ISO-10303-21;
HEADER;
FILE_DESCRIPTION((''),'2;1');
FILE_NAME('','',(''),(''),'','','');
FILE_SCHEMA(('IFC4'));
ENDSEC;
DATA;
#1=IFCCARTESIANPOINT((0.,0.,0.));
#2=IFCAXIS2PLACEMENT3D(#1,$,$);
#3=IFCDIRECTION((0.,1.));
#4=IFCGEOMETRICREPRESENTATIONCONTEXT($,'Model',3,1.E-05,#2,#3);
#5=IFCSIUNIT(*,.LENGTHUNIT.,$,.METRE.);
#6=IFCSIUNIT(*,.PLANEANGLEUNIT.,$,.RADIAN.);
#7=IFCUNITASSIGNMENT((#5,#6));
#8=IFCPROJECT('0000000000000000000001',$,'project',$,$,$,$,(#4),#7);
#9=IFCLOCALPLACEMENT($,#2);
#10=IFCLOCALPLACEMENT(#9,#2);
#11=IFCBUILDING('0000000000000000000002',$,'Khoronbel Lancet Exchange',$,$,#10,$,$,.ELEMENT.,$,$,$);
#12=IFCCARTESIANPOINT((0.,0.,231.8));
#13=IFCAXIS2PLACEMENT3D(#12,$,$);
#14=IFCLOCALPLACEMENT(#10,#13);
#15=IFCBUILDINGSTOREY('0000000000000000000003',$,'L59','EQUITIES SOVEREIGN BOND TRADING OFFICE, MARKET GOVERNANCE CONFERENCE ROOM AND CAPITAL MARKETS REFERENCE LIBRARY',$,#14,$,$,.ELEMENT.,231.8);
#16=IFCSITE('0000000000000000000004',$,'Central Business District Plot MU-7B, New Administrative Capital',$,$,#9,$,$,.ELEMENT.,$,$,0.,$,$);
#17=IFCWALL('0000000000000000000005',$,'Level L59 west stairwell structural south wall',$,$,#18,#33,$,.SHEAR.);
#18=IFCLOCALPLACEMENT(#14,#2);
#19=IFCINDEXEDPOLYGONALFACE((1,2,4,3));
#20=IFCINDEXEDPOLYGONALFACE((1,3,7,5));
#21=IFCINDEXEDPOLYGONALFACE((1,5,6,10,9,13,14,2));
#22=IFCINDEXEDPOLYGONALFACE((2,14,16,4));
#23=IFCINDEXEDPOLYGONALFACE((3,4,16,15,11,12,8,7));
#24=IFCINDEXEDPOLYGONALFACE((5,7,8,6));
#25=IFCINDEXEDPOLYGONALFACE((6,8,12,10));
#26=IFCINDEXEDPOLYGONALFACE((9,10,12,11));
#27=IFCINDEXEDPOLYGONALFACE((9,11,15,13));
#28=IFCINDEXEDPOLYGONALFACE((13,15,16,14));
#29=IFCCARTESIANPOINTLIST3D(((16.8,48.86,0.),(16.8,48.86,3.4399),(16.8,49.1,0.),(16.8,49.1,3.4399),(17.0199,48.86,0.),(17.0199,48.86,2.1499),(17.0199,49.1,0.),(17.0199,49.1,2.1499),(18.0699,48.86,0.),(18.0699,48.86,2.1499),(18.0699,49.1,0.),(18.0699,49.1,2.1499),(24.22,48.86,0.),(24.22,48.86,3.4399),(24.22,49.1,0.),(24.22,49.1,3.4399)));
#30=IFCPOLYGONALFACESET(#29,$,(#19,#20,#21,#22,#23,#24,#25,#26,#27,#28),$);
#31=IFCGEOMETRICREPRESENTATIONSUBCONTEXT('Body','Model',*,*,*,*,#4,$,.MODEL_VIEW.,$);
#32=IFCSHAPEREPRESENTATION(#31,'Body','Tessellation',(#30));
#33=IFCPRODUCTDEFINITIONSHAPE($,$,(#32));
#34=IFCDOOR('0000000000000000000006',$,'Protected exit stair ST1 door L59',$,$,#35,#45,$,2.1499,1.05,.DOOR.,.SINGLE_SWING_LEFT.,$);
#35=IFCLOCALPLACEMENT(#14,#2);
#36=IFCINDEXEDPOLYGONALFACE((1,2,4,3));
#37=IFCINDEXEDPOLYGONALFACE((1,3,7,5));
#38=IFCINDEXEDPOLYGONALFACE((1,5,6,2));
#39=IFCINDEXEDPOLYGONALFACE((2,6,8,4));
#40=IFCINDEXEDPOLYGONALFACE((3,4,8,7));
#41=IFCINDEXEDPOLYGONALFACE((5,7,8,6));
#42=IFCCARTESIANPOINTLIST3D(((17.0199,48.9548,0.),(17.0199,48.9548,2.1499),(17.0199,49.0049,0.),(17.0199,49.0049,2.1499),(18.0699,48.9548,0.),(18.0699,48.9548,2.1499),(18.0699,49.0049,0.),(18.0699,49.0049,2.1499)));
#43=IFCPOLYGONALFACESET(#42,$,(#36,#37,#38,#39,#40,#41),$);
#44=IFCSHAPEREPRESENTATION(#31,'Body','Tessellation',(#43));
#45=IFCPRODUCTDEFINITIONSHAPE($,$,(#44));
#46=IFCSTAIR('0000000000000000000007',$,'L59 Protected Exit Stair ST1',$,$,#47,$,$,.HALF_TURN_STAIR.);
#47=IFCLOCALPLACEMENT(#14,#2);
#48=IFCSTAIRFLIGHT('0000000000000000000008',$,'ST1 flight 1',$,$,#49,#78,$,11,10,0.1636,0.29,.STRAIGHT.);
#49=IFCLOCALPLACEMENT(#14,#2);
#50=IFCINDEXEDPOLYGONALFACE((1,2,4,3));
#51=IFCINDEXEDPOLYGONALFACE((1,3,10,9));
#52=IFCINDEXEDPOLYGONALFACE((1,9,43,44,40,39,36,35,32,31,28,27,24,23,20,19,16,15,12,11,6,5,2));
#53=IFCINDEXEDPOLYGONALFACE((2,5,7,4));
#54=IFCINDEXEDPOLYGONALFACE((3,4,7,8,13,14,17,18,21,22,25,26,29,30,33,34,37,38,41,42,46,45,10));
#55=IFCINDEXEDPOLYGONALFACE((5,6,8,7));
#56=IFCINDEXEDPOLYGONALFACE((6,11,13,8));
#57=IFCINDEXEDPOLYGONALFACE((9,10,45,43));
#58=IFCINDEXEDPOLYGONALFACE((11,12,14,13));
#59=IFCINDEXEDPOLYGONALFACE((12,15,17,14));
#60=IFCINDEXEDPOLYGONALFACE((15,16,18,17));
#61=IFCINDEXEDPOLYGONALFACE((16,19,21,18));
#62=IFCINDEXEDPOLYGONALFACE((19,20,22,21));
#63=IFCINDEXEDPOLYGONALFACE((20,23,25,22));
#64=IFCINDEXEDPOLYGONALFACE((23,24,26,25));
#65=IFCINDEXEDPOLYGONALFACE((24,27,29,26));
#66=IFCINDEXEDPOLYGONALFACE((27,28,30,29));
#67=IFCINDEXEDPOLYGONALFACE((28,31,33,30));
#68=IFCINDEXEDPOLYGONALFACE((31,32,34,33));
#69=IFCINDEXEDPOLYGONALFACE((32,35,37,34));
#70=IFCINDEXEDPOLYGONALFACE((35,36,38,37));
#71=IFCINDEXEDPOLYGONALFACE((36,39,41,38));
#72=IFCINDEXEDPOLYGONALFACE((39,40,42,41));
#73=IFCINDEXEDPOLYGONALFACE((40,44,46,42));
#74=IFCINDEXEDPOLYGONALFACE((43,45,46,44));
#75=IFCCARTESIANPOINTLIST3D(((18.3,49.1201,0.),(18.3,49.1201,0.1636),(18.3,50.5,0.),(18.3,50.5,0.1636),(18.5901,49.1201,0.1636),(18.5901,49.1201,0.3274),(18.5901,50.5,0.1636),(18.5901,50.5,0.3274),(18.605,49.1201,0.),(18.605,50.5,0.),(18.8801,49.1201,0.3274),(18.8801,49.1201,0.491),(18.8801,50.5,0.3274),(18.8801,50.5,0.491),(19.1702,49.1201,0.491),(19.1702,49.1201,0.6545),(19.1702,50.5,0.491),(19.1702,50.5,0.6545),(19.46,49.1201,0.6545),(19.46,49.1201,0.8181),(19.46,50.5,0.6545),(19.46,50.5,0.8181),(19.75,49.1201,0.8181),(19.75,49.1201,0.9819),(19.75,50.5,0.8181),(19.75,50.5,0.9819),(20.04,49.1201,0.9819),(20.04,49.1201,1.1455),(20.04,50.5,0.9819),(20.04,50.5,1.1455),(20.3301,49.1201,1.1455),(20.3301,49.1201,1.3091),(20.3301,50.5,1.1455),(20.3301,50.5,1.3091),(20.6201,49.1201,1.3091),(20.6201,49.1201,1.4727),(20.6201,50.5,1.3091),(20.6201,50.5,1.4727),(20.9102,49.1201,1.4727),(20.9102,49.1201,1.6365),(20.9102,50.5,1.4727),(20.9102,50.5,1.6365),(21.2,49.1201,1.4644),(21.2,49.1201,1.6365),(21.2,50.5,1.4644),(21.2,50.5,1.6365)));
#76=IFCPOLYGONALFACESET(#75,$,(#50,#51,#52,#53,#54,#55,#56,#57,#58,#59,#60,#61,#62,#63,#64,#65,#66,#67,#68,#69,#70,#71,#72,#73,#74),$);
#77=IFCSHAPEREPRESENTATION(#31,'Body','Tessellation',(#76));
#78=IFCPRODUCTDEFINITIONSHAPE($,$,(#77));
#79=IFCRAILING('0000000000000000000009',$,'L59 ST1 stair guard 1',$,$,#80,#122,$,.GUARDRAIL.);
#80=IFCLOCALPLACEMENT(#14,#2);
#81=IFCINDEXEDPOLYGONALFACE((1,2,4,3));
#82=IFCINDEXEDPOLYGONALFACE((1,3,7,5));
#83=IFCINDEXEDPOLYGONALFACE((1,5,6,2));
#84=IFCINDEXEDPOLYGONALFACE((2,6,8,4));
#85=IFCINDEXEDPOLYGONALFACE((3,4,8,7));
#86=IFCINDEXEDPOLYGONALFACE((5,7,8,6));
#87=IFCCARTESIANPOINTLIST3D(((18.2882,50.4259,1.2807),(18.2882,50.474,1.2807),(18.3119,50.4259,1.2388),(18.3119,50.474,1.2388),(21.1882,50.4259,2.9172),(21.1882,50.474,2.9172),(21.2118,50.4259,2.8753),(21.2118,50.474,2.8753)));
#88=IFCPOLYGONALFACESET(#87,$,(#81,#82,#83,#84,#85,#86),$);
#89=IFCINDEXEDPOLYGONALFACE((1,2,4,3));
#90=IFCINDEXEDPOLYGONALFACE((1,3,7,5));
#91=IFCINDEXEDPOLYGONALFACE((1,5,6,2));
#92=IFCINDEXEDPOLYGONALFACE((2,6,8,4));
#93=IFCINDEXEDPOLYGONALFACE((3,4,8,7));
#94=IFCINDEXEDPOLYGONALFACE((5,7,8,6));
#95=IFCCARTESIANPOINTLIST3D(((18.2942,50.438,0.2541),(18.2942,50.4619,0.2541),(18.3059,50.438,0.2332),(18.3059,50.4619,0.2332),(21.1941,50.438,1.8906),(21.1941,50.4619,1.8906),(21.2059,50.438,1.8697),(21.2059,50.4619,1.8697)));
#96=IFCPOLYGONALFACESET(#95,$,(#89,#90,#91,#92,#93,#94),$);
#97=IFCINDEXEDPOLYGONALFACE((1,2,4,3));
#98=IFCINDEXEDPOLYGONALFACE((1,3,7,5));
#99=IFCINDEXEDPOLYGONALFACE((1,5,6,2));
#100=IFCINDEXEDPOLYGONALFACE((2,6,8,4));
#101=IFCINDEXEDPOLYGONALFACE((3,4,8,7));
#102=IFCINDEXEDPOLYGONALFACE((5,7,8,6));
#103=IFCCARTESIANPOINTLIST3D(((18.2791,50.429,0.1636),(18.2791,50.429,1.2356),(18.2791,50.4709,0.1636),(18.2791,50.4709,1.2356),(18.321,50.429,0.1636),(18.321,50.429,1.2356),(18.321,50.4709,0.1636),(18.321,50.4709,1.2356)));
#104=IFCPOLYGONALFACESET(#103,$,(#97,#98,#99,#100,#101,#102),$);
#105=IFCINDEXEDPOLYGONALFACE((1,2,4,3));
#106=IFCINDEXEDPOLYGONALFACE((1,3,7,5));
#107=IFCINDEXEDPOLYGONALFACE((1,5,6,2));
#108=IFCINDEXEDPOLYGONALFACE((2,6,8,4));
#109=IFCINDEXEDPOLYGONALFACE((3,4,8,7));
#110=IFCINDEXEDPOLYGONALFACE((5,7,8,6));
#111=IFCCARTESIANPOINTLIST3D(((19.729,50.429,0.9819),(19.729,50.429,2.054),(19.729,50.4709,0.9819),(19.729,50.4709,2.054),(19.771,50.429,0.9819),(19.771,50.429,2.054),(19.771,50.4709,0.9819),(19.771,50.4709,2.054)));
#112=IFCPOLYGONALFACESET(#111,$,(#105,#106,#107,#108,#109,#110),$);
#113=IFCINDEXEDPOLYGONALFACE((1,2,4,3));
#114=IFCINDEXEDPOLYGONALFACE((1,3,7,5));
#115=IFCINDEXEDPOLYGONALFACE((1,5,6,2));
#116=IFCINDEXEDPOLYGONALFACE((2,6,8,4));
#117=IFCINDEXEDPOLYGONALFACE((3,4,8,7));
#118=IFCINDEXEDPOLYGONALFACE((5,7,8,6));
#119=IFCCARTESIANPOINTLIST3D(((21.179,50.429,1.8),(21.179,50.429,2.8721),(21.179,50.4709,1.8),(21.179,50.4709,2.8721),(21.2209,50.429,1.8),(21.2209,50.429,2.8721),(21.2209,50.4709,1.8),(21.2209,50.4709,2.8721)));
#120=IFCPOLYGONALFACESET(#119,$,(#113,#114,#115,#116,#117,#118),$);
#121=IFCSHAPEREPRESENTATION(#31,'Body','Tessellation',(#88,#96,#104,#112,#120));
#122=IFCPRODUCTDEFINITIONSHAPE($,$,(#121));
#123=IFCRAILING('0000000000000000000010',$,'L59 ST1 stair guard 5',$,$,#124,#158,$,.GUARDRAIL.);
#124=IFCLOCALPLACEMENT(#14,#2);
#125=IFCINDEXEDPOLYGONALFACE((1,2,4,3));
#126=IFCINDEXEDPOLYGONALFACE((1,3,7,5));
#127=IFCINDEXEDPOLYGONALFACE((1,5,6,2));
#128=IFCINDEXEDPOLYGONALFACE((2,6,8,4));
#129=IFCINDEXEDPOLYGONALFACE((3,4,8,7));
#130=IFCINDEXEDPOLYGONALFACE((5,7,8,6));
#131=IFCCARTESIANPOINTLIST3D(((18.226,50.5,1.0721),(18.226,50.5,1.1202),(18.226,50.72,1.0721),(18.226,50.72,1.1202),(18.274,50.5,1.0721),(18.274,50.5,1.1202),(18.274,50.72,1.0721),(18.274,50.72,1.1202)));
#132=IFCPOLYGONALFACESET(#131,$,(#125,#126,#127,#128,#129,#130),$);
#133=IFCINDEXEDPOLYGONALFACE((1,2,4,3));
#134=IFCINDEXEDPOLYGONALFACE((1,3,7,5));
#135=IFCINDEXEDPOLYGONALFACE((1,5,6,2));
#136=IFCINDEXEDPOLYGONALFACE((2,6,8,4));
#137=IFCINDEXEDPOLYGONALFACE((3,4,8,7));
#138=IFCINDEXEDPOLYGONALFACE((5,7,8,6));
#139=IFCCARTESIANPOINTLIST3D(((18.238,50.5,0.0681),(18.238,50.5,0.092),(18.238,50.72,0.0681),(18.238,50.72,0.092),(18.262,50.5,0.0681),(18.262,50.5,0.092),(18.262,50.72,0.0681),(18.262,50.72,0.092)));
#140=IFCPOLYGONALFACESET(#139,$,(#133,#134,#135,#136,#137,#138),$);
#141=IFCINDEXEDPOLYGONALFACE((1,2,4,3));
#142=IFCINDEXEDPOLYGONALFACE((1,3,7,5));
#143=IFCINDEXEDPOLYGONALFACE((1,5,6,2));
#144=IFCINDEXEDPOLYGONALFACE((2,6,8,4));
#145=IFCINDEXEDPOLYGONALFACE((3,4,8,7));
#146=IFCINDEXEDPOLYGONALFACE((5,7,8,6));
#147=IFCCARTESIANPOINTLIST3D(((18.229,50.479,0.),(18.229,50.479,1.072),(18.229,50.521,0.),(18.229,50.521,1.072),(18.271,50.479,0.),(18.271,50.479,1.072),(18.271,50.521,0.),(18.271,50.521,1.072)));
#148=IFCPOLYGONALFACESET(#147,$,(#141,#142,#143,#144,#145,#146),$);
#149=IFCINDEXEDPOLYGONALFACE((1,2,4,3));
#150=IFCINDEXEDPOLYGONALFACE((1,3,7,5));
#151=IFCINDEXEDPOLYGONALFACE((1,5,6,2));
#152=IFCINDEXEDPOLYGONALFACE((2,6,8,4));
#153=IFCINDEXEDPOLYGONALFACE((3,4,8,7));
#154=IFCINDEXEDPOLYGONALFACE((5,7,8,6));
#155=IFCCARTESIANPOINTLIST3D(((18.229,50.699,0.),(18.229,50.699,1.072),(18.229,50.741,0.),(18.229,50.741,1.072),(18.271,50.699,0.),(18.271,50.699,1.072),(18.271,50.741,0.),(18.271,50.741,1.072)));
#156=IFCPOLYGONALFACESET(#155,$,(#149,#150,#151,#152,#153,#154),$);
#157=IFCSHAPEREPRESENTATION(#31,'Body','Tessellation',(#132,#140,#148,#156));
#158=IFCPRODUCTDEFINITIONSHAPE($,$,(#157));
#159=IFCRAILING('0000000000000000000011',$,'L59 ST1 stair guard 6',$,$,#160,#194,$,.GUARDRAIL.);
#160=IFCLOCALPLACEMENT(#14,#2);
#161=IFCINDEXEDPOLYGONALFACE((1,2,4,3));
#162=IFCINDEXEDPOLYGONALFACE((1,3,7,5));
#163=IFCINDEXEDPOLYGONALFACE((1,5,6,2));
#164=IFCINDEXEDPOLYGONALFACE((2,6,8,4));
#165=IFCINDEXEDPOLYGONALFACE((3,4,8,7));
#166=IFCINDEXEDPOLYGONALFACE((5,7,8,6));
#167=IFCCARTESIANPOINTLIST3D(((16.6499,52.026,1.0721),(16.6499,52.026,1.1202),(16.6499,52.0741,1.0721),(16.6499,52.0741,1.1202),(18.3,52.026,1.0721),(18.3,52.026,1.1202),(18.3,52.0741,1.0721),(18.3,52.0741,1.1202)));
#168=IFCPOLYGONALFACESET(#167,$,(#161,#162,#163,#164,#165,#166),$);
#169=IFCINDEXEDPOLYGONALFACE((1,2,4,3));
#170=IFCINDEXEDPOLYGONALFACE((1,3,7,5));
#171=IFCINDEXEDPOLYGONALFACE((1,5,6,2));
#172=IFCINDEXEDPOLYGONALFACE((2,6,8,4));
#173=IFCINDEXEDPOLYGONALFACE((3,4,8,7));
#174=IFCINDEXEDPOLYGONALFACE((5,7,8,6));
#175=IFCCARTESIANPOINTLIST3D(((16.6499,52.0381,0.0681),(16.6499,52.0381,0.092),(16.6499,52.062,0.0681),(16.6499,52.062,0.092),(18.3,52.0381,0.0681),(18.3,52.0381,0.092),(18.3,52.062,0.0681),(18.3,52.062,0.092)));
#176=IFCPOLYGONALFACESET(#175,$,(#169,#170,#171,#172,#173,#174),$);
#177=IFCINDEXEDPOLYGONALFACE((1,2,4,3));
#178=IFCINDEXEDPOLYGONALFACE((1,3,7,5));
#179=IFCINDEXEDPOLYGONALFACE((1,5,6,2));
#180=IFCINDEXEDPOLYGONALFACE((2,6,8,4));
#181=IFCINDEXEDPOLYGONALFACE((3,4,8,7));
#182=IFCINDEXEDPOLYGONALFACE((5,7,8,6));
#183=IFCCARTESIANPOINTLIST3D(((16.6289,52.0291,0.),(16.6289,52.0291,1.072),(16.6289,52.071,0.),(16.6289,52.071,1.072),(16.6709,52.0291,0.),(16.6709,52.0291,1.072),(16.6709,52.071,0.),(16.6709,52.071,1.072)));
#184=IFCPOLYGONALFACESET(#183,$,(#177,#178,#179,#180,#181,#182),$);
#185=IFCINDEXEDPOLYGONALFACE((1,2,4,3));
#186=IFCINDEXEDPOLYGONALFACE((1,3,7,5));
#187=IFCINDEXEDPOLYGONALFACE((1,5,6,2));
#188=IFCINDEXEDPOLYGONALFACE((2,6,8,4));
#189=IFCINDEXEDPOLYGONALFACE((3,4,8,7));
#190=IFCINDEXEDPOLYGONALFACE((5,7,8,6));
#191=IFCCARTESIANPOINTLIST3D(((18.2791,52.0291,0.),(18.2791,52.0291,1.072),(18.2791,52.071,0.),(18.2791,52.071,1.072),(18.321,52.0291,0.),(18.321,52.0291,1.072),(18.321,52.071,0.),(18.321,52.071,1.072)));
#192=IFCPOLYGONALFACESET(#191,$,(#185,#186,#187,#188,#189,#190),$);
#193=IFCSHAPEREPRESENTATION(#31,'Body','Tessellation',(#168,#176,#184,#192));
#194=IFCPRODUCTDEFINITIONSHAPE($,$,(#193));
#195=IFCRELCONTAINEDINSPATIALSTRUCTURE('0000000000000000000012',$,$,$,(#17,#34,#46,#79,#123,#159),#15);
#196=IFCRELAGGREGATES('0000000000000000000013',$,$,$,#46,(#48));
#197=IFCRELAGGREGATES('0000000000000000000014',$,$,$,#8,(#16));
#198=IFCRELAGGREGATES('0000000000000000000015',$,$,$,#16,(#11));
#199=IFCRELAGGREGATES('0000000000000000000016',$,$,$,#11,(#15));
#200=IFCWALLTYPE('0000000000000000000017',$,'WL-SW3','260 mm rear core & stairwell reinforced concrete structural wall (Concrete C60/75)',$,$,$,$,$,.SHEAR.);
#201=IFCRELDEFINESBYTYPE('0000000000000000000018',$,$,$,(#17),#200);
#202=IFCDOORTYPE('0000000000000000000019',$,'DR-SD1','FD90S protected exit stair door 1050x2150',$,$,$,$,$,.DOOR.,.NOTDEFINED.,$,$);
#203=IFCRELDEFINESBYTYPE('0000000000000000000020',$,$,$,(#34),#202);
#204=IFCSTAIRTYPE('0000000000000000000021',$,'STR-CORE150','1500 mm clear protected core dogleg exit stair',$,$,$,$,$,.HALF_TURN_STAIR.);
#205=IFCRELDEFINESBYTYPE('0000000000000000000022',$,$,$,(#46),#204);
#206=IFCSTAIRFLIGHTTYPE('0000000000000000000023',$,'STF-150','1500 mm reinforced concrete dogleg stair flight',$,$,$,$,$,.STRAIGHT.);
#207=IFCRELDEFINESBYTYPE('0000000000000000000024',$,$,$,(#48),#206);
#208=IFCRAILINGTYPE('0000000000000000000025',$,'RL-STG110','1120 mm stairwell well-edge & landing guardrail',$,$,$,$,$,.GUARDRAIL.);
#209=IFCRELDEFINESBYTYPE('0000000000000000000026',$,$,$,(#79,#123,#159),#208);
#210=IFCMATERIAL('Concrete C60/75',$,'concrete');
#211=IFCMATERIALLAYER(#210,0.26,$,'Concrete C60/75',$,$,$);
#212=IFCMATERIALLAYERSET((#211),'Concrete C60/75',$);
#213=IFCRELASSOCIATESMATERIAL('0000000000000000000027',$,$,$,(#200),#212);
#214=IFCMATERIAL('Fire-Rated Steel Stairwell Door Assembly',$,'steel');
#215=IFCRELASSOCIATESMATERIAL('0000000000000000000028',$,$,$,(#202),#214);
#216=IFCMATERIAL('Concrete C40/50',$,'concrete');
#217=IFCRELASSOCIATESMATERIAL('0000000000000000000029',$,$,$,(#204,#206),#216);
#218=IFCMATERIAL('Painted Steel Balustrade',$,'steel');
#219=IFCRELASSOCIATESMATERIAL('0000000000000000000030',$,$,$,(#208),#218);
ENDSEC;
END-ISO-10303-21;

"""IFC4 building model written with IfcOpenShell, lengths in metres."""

from ifc_helpers import new_model, si_unit, direction, frame, frame_2d, origin, origin_2d, place, context, subcontext, project, spatial, polyline, rectangle, outline, extrude, material, layer, layer_set, type_object, element, fill, aggregate, save


model = new_model("IFC4")

# Units and contexts
model_context = context("Model", 3, precision=1e-05, world=origin(), true_north=direction((0.0, 1.0)))
body_context = subcontext(model_context, "Body", "Model", "MODEL_VIEW")
ifc_project = project(units=[si_unit("LENGTHUNIT", "METRE"), si_unit("PLANEANGLEUNIT", "RADIAN")], contexts=[model_context])

# Site, building, storey
site_placement = place(None, origin())
site = spatial("IfcSite", under=ifc_project, at=site_placement, Name="Central Business District Plot MU-7B, New Administrative Capital", CompositionType="ELEMENT", RefElevation=0.0)
building_placement = place(site_placement, origin())
building = spatial("IfcBuilding", under=site, at=building_placement, Name="Khoronbel Lancet Exchange", CompositionType="ELEMENT")
storey_placement = place(building_placement, frame((0.0, 0.0, 231.8)))
storey = spatial("IfcBuildingStorey", under=building, at=storey_placement, Name="L59", Description="EQUITIES SOVEREIGN BOND TRADING OFFICE, MARKET GOVERNANCE CONFERENCE ROOM AND CAPITAL MARKETS REFERENCE LIBRARY", CompositionType="ELEMENT", Elevation=231.8)

# Shared definitions
ifc_material_1 = material(Name="Concrete C60/75", Category="concrete")

# Wall, opening, door
ifc_layer_1 = layer(ifc_material_1, 0.26, Name="Concrete C60/75")
ifc_layer_set_1 = layer_set([ifc_layer_1], Name="Concrete C60/75")
wall_type_1 = type_object("IfcWallType", Name="WL-SW3", Description="260 mm rear core & stairwell reinforced concrete structural wall (Concrete C60/75)", PredefinedType="SHEAR", material=ifc_layer_set_1)
wall_1_placement = place(storey_placement, frame((16.8, 48.98, 0.0), z_axis=(0.0, 0.0, 1.0), x_axis=(1.0, 0.0, 0.0)))
wall_1 = element("IfcWall", 1, at=wall_1_placement, inside=storey, type_object=wall_type_1, Name="Level L59 west stairwell structural south wall", PredefinedType="SHEAR", context=body_context, shape_type="SweptSolid", body=[
    extrude(rectangle(XDim=7.4199, YDim=0.24, at=frame_2d((3.71, 0.0))), origin(), (0.0, 0.0, 1.0), 3.4399),
])
opening_placement = place(wall_1_placement, frame((0.22, 0.0, 0.0)))
opening = element("IfcOpeningElement", 2, at=opening_placement, cuts=wall_1, PredefinedType="OPENING", context=body_context, shape_type="SweptSolid", body=[
    extrude(rectangle(XDim=1.05, YDim=2.1499, at=frame_2d((0.5249, 1.075))), frame((0.0, 0.1299, 0.0), z_axis=(0.0, -1.0, 0.0), x_axis=(1.0, 0.0, 0.0)), (0.0, 0.0, 1.0), 0.26),
])
ifc_material_2 = material(Name="Fire-Rated Steel Stairwell Door Assembly", Category="steel")
door_type = type_object("IfcDoorType", Name="DR-SD1", Description="FD90S protected exit stair door 1050x2150", OperationType="NOTDEFINED", PredefinedType="DOOR", material=ifc_material_2)
door_placement = place(opening_placement, origin())
door = element("IfcDoor", 3, at=door_placement, inside=storey, type_object=door_type, Name="Protected exit stair ST1 door L59", OperationType="SINGLE_SWING_LEFT", OverallHeight=2.1499, OverallWidth=1.05, PredefinedType="DOOR", context=body_context, shape_type="SweptSolid", body=[
    extrude(rectangle(XDim=1.05, YDim=2.1499, at=frame_2d((0.5249, 1.075))), frame((0.0, 0.0249, 0.0), z_axis=(0.0, -1.0, 0.0), x_axis=(1.0, 0.0, 0.0)), (0.0, 0.0, 1.0), 0.05),
])
fill(opening, door)

# Stair, stair flight
ifc_material_3 = material(Name="Concrete C40/50", Category="concrete")
stair_type = type_object("IfcStairType", Name="STR-CORE150", Description="1500 mm clear protected core dogleg exit stair", PredefinedType="HALF_TURN_STAIR", material=ifc_material_3)
stair_placement = place(storey_placement, origin())
stair = element("IfcStair", 4, at=stair_placement, inside=storey, type_object=stair_type, Name="L59 Protected Exit Stair ST1", PredefinedType="HALF_TURN_STAIR")
stair_flight_type = type_object("IfcStairFlightType", Name="STF-150", Description="1500 mm reinforced concrete dogleg stair flight", PredefinedType="STRAIGHT", material=ifc_material_3)
stair_flight_placement = place(storey_placement, frame((18.3, 49.8101, 0.0), z_axis=(0.0, 0.0, 1.0), x_axis=(1.0, 0.0, 0.0)))
stair_flight = element("IfcStairFlight", 5, at=stair_flight_placement, type_object=stair_flight_type, Name="ST1 flight 1", NumberOfRisers=11, NumberOfTreads=10, PredefinedType="STRAIGHT", RiserHeight=0.1636, TreadLength=0.29, context=body_context, shape_type="SweptSolid", body=[
    extrude(outline(polyline([(0.0, 0.0), (0.0, 0.1636), (0.29, 0.1636), (0.29, 0.3274), (0.5801, 0.3274), (0.5801, 0.491), (0.8701, 0.491), (0.8701, 0.6545), (1.1599, 0.6545), (1.1599, 0.8181), (1.45, 0.8181), (1.45, 0.9819), (1.74, 0.9819), (1.74, 1.1455), (2.03, 1.1455), (2.03, 1.3091), (2.3201, 1.3091), (2.3201, 1.4727), (2.6101, 1.4727), (2.6101, 1.6365), (2.8999, 1.6365), (2.8999, 1.8), (2.8999, 1.4644), (0.3049, 0.0), (0.0, 0.0)])), frame((0.0, 0.6899, 0.0), z_axis=(0.0, -1.0, 0.0), x_axis=(1.0, 0.0, 0.0)), (0.0, 0.0, 1.0), 1.3799),
])
aggregate(stair, [stair_flight])

# Railings
ifc_material_4 = material(Name="Painted Steel Balustrade", Category="steel")
railing_type_1 = type_object("IfcRailingType", Name="RL-STG110", Description="1120 mm stairwell well-edge & landing guardrail", PredefinedType="GUARDRAIL", material=ifc_material_4)
railing_1_placement = place(storey_placement, frame((18.3, 50.45, 0.1636)))
element("IfcRailing", 6, at=railing_1_placement, inside=storey, type_object=railing_type_1, Name="L59 ST1 stair guard 1", PredefinedType="GUARDRAIL", context=body_context, shape_type="SweptSolid", body=[
    extrude(rectangle(XDim=0.0481, YDim=0.0481, at=origin_2d()), frame((0.0, 0.0, 1.0962), z_axis=(0.870897, 0.0, 0.491465), x_axis=(0.0, 1.0, 0.0)), (0.0, 0.0, 1.0), 3.3298),
    extrude(rectangle(XDim=0.0239, YDim=0.0239, at=origin_2d()), frame((0.0, 0.0, 0.0801), z_axis=(0.870897, 0.0, 0.491465), x_axis=(0.0, 1.0, 0.0)), (0.0, 0.0, 1.0), 3.3298),
    extrude(rectangle(XDim=0.042, YDim=0.042, at=origin_2d()), origin(), (0.0, 0.0, 1.0), 1.072),
    extrude(rectangle(XDim=0.042, YDim=0.042, at=origin_2d()), frame((1.45, 0.0, 0.8184)), (0.0, 0.0, 1.0), 1.072),
    extrude(rectangle(XDim=0.042, YDim=0.042, at=origin_2d()), frame((2.8999, 0.0, 1.6365)), (0.0, 0.0, 1.0), 1.072),
])
railing_2_placement = place(storey_placement, frame((18.25, 50.5, 0.0)))
element("IfcRailing", 7, at=railing_2_placement, inside=storey, type_object=railing_type_1, Name="L59 ST1 stair guard 5", PredefinedType="GUARDRAIL", context=body_context, shape_type="SweptSolid", body=[
    extrude(rectangle(XDim=0.0481, YDim=0.0481, at=origin_2d()), frame((0.0, 0.0, 1.0962), z_axis=(0.0, 1.0, 0.0), x_axis=(-1.0, 0.0, 0.0)), (0.0, 0.0, 1.0), 0.22),
    extrude(rectangle(XDim=0.0239, YDim=0.0239, at=origin_2d()), frame((0.0, 0.0, 0.0801), z_axis=(0.0, 1.0, 0.0), x_axis=(-1.0, 0.0, 0.0)), (0.0, 0.0, 1.0), 0.22),
    extrude(rectangle(XDim=0.042, YDim=0.042, at=origin_2d()), origin(), (0.0, 0.0, 1.0), 1.072),
    extrude(rectangle(XDim=0.042, YDim=0.042, at=origin_2d()), frame((0.0, 0.22, 0.0)), (0.0, 0.0, 1.0), 1.072),
])
railing_3_placement = place(storey_placement, frame((16.6499, 52.05, 0.0)))
element("IfcRailing", 8, at=railing_3_placement, inside=storey, type_object=railing_type_1, Name="L59 ST1 stair guard 6", PredefinedType="GUARDRAIL", context=body_context, shape_type="SweptSolid", body=[
    extrude(rectangle(XDim=0.0481, YDim=0.0481, at=origin_2d()), frame((0.0, 0.0, 1.0962), z_axis=(1.0, 0.0, 0.0), x_axis=(0.0, 1.0, 0.0)), (0.0, 0.0, 1.0), 1.6501),
    extrude(rectangle(XDim=0.0239, YDim=0.0239, at=origin_2d()), frame((0.0, 0.0, 0.0801), z_axis=(1.0, 0.0, 0.0), x_axis=(0.0, 1.0, 0.0)), (0.0, 0.0, 1.0), 1.6501),
    extrude(rectangle(XDim=0.042, YDim=0.042, at=origin_2d()), origin(), (0.0, 0.0, 1.0), 1.072),
    extrude(rectangle(XDim=0.042, YDim=0.042, at=origin_2d()), frame((1.6501, 0.0, 0.0)), (0.0, 0.0, 1.0), 1.072),
])

save(model, "model.ifc")
